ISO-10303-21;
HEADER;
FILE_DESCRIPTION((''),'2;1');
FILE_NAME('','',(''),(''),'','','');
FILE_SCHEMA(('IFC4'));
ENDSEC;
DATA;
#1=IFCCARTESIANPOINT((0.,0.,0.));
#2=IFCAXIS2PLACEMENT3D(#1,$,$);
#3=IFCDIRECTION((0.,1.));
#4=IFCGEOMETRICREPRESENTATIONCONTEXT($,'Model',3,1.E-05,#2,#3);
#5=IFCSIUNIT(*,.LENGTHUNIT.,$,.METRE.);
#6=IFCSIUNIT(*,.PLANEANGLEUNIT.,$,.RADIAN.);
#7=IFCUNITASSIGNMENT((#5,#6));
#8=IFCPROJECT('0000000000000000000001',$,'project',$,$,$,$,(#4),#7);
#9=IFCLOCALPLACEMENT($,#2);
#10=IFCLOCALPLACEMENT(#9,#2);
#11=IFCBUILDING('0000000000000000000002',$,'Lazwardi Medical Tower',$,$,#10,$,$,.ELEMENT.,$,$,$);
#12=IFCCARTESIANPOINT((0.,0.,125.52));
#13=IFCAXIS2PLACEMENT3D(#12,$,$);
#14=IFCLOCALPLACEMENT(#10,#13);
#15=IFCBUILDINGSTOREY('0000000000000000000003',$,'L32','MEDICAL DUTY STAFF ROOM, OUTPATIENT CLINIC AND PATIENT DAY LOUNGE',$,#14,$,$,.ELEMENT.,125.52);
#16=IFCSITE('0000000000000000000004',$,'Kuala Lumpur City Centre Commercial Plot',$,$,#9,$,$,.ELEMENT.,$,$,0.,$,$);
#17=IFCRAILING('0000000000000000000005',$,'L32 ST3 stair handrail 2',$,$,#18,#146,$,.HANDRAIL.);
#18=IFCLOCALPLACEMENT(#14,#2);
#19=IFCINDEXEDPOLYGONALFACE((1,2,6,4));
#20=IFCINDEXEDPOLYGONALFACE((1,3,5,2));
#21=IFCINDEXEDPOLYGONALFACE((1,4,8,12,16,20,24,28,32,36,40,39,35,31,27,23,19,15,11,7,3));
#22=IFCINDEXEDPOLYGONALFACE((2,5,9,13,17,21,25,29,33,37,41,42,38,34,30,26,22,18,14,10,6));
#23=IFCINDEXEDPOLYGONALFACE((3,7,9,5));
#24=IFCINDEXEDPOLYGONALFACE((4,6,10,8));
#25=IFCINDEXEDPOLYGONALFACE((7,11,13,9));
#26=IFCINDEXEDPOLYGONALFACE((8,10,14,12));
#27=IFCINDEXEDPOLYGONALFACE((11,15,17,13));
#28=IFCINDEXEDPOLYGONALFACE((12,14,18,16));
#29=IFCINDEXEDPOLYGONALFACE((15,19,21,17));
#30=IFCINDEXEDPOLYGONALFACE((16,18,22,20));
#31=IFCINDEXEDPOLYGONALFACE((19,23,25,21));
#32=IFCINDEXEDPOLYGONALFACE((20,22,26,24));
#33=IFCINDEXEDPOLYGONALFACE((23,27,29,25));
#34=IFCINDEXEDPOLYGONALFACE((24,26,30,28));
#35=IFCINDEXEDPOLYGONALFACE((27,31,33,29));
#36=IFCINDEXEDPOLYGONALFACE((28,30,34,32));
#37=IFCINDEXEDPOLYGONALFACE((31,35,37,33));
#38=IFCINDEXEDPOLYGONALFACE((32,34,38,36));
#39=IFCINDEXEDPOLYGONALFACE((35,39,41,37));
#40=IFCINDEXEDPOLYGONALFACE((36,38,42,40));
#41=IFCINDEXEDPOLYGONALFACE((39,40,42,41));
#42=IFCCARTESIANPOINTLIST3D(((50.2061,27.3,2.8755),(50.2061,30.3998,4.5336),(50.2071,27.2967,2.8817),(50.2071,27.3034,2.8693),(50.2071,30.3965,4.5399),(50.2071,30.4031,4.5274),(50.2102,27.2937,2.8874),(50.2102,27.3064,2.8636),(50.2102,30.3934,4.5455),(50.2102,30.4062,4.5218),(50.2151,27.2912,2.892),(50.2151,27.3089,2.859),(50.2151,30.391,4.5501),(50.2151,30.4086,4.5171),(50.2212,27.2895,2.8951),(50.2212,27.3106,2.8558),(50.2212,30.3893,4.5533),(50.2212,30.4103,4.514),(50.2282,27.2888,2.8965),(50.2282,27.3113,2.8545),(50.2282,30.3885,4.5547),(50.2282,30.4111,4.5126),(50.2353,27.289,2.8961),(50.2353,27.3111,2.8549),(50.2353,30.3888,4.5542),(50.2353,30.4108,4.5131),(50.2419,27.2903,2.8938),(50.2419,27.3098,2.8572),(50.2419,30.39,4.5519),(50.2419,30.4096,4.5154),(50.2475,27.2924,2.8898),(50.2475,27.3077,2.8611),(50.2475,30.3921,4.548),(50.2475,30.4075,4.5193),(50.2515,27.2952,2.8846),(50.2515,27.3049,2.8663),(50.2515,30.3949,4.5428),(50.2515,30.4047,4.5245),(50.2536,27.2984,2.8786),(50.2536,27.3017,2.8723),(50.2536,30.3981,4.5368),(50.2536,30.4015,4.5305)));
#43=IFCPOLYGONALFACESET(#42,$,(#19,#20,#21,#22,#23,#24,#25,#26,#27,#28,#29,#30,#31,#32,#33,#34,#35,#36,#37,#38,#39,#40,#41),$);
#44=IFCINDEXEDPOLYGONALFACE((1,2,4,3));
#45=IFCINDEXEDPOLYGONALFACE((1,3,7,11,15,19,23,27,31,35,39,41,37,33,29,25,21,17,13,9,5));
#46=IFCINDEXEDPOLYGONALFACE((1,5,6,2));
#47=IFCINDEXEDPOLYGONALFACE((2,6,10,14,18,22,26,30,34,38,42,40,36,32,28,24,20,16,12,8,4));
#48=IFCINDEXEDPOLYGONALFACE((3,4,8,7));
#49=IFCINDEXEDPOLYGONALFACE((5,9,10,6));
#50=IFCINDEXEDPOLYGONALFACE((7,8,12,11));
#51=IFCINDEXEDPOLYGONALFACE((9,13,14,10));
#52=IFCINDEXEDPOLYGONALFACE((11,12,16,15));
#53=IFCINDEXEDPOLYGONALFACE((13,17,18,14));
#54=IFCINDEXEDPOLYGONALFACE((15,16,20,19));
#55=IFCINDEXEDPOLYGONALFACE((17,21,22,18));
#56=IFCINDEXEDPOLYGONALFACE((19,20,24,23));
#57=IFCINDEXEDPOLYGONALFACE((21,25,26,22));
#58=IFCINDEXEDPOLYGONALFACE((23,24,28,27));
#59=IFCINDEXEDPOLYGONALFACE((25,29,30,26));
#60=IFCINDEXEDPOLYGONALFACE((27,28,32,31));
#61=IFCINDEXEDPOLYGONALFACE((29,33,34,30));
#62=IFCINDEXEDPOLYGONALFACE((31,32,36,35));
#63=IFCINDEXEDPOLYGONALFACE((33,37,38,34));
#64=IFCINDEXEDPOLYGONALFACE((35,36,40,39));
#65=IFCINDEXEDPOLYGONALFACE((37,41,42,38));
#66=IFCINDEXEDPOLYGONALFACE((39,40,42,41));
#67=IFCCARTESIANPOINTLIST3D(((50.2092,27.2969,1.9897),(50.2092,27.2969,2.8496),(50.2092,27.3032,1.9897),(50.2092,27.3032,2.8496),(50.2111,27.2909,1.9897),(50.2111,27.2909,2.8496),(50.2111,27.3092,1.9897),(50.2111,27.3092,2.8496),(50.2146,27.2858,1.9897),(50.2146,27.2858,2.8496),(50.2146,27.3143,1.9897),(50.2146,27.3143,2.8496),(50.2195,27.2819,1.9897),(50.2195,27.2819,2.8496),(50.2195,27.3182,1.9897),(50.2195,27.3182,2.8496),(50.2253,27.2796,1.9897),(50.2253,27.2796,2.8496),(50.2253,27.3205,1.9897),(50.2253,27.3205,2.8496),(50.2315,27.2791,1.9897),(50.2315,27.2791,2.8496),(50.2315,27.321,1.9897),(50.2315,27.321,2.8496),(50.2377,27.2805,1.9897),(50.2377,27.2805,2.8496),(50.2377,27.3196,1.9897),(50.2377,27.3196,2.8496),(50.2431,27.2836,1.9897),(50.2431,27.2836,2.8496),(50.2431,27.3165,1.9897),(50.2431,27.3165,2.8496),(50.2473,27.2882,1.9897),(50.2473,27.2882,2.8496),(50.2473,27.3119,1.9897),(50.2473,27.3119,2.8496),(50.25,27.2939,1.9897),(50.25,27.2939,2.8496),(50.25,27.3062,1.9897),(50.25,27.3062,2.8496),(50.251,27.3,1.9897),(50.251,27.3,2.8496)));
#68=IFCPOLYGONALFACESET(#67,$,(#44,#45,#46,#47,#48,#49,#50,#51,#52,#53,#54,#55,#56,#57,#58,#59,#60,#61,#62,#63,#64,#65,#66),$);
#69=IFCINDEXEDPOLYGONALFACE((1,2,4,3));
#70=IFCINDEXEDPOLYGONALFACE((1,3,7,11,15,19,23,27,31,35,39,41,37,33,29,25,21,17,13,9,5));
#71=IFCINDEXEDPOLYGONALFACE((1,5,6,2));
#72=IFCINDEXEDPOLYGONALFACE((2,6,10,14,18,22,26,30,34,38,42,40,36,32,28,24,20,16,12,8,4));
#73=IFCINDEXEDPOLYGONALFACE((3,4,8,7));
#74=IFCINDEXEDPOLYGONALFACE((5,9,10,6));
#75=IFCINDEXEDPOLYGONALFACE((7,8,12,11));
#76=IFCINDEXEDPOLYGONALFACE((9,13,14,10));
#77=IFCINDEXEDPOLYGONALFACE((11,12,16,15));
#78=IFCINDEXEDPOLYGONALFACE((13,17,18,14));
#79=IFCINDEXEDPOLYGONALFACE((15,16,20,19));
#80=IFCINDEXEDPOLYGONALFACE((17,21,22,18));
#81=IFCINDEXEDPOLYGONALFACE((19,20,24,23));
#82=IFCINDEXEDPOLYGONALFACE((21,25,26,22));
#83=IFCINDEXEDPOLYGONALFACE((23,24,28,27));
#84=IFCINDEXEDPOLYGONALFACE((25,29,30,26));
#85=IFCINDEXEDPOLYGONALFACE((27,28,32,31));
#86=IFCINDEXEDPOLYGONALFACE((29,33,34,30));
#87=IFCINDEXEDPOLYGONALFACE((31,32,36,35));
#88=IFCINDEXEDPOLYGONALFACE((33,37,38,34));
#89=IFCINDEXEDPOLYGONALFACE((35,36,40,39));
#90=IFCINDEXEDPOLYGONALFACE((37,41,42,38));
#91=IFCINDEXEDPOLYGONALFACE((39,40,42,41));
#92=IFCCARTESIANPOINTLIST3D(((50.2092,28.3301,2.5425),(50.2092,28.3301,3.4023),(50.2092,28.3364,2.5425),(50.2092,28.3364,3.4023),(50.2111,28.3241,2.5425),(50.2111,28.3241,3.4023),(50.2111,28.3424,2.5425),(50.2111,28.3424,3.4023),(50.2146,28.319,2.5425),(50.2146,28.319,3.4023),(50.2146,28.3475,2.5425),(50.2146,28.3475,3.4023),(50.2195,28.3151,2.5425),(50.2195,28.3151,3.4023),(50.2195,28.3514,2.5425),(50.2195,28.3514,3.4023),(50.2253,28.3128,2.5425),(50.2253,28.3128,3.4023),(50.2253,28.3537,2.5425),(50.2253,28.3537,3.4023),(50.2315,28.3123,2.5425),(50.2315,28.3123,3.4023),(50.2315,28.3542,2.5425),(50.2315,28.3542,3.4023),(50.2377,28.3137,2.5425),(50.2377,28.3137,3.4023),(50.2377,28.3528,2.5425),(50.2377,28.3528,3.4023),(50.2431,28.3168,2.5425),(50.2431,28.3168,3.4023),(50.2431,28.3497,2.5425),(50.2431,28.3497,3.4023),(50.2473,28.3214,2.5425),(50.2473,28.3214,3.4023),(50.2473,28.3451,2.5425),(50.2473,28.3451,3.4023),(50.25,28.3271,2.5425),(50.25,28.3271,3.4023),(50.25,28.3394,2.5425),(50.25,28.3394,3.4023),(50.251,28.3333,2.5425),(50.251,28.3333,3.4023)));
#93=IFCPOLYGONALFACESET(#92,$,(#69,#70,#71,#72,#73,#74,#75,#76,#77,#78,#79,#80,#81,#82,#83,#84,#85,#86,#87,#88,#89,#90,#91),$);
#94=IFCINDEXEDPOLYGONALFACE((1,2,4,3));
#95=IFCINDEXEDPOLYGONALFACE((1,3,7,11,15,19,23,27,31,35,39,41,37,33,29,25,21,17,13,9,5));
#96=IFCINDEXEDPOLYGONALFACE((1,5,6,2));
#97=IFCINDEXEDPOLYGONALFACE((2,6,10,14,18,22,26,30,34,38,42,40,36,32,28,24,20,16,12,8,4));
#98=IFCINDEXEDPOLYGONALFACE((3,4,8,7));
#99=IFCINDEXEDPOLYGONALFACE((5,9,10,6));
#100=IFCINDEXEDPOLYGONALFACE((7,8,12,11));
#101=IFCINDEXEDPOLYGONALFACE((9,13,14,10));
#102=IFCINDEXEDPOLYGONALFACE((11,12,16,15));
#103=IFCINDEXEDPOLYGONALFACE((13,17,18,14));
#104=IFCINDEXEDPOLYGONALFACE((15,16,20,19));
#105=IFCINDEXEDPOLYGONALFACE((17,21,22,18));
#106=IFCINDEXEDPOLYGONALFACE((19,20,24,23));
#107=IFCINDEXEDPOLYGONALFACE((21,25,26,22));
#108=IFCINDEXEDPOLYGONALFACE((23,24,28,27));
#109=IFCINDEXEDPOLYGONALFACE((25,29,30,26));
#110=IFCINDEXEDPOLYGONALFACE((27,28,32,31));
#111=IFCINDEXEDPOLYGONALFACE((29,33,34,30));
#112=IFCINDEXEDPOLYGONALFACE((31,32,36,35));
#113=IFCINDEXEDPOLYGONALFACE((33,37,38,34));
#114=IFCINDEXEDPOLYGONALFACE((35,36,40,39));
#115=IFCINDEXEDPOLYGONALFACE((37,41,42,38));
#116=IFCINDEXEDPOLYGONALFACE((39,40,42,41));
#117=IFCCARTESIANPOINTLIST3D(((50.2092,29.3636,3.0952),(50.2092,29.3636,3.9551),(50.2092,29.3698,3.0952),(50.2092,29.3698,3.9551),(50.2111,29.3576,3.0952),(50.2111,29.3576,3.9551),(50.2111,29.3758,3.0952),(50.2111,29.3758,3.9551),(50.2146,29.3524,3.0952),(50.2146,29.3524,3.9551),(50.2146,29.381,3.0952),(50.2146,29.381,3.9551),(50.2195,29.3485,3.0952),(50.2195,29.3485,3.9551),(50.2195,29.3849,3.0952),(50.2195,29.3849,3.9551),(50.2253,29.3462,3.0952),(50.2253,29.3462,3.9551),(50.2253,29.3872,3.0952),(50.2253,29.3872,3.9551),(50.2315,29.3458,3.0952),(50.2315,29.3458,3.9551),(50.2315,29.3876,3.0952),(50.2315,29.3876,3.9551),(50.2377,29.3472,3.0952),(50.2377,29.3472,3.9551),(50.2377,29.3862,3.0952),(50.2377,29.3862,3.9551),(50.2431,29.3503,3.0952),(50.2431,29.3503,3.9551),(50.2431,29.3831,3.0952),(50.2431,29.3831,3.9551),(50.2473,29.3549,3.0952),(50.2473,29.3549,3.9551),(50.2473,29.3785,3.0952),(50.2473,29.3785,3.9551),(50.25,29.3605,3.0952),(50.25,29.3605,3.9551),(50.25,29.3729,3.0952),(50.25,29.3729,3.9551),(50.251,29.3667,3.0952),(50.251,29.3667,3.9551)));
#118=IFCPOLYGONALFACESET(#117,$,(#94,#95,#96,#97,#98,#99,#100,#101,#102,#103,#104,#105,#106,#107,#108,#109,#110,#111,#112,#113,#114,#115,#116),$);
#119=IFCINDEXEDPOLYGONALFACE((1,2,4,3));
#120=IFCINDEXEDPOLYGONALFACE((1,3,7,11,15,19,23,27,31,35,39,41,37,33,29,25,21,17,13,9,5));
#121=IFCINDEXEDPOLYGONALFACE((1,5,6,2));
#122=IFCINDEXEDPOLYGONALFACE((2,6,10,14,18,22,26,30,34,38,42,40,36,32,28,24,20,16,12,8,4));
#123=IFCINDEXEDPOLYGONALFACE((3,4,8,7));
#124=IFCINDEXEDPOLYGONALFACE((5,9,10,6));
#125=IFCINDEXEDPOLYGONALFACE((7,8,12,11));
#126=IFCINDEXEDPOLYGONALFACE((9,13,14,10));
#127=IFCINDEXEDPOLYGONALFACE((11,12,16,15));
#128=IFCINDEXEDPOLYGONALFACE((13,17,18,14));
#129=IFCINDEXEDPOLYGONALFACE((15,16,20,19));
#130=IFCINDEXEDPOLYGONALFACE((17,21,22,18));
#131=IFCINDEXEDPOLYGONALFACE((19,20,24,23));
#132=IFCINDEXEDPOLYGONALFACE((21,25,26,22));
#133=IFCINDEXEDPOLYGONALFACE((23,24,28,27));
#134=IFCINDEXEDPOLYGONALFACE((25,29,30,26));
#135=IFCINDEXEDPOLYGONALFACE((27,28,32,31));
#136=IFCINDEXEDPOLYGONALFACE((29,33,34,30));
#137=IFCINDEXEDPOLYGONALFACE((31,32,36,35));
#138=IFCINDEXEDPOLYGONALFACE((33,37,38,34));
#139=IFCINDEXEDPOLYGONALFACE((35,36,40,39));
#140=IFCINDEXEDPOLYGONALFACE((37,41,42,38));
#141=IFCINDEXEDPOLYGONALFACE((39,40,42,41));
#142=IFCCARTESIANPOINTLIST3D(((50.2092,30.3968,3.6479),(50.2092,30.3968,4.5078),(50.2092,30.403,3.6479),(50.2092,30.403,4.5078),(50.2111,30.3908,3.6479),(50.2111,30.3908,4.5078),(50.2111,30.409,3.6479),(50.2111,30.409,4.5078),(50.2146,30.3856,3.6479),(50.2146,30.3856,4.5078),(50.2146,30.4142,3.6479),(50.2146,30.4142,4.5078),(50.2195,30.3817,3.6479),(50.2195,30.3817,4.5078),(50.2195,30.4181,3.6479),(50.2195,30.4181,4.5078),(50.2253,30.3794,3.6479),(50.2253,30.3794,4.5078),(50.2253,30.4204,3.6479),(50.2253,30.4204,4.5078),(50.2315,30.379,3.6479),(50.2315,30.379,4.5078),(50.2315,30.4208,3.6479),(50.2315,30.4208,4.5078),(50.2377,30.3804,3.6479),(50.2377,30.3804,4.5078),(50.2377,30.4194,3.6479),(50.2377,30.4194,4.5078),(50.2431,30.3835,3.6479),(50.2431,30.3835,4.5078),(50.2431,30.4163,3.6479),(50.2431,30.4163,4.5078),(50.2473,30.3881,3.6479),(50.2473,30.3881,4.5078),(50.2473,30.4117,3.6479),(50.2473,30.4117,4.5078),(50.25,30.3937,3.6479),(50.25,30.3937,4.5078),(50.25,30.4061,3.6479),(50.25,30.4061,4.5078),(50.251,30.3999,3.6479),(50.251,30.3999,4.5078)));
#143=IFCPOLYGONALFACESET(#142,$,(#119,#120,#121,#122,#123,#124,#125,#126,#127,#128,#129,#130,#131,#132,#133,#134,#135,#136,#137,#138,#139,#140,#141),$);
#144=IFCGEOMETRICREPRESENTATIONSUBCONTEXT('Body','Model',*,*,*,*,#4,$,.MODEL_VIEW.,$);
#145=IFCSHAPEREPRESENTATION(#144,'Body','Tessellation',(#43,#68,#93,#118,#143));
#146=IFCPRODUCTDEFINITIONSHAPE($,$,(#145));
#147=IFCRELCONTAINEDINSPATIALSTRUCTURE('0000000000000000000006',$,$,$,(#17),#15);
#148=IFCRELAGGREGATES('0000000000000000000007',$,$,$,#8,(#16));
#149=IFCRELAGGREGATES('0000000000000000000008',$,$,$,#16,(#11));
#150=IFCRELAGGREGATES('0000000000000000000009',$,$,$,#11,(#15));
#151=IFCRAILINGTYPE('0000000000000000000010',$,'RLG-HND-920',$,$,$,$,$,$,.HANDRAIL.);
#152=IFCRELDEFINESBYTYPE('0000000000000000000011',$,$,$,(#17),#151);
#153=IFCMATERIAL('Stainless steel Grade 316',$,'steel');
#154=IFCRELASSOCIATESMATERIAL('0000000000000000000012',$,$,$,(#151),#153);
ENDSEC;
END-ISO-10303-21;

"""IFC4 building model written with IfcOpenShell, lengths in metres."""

from ifc_helpers import new_model, si_unit, direction, frame, origin, origin_2d, place, context, subcontext, project, spatial, circle, extrude, material, type_object, element, save


model = new_model("IFC4")

# Units and contexts
model_context = context("Model", 3, precision=1e-05, world=origin(), true_north=direction((0.0, 1.0)))
body_context = subcontext(model_context, "Body", "Model", "MODEL_VIEW")
ifc_project = project(units=[si_unit("LENGTHUNIT", "METRE"), si_unit("PLANEANGLEUNIT", "RADIAN")], contexts=[model_context])

# Site, building, storey
site_placement = place(None, origin())
site = spatial("IfcSite", under=ifc_project, at=site_placement, Name="Kuala Lumpur City Centre Commercial Plot", CompositionType="ELEMENT", RefElevation=0.0)
building_placement = place(site_placement, origin())
building = spatial("IfcBuilding", under=site, at=building_placement, Name="Lazwardi Medical Tower", CompositionType="ELEMENT")
storey_placement = place(building_placement, frame((0.0, 0.0, 125.52)))
storey = spatial("IfcBuildingStorey", under=building, at=storey_placement, Name="L32", Description="MEDICAL DUTY STAFF ROOM, OUTPATIENT CLINIC AND PATIENT DAY LOUNGE", CompositionType="ELEMENT", Elevation=125.52)

# Railing
ifc_material_1 = material(Name="Stainless steel Grade 316", Category="steel")
railing_type_1 = type_object("IfcRailingType", Name="RLG-HND-920", PredefinedType="HANDRAIL", material=ifc_material_1)
railing_1_placement = place(storey_placement, frame((50.23, 27.3, 1.9897)))
element("IfcRailing", 1, at=railing_1_placement, inside=storey, type_object=railing_type_1, Name="L32 ST3 stair handrail 2", PredefinedType="HANDRAIL", context=body_context, shape_type="SweptSolid", body=[
    extrude(circle(Radius=0.0239, at=origin_2d()), frame((0.0, 0.0, 0.8857), z_axis=(0.0, 0.881768, 0.471684), x_axis=(-1.0, 0.0, 0.0)), (0.0, 0.0, 1.0), 3.5154),
    extrude(circle(Radius=0.021, at=origin_2d()), origin(), (0.0, 0.0, 1.0), 0.8599),
    extrude(circle(Radius=0.021, at=origin_2d()), frame((0.0, 1.0332, 0.5527)), (0.0, 0.0, 1.0), 0.8599),
    extrude(circle(Radius=0.021, at=origin_2d()), frame((0.0, 2.0667, 1.1055)), (0.0, 0.0, 1.0), 0.8599),
    extrude(circle(Radius=0.021, at=origin_2d()), frame((0.0, 3.0999, 1.6582)), (0.0, 0.0, 1.0), 0.8599),
])

save(model, "model.ifc")
